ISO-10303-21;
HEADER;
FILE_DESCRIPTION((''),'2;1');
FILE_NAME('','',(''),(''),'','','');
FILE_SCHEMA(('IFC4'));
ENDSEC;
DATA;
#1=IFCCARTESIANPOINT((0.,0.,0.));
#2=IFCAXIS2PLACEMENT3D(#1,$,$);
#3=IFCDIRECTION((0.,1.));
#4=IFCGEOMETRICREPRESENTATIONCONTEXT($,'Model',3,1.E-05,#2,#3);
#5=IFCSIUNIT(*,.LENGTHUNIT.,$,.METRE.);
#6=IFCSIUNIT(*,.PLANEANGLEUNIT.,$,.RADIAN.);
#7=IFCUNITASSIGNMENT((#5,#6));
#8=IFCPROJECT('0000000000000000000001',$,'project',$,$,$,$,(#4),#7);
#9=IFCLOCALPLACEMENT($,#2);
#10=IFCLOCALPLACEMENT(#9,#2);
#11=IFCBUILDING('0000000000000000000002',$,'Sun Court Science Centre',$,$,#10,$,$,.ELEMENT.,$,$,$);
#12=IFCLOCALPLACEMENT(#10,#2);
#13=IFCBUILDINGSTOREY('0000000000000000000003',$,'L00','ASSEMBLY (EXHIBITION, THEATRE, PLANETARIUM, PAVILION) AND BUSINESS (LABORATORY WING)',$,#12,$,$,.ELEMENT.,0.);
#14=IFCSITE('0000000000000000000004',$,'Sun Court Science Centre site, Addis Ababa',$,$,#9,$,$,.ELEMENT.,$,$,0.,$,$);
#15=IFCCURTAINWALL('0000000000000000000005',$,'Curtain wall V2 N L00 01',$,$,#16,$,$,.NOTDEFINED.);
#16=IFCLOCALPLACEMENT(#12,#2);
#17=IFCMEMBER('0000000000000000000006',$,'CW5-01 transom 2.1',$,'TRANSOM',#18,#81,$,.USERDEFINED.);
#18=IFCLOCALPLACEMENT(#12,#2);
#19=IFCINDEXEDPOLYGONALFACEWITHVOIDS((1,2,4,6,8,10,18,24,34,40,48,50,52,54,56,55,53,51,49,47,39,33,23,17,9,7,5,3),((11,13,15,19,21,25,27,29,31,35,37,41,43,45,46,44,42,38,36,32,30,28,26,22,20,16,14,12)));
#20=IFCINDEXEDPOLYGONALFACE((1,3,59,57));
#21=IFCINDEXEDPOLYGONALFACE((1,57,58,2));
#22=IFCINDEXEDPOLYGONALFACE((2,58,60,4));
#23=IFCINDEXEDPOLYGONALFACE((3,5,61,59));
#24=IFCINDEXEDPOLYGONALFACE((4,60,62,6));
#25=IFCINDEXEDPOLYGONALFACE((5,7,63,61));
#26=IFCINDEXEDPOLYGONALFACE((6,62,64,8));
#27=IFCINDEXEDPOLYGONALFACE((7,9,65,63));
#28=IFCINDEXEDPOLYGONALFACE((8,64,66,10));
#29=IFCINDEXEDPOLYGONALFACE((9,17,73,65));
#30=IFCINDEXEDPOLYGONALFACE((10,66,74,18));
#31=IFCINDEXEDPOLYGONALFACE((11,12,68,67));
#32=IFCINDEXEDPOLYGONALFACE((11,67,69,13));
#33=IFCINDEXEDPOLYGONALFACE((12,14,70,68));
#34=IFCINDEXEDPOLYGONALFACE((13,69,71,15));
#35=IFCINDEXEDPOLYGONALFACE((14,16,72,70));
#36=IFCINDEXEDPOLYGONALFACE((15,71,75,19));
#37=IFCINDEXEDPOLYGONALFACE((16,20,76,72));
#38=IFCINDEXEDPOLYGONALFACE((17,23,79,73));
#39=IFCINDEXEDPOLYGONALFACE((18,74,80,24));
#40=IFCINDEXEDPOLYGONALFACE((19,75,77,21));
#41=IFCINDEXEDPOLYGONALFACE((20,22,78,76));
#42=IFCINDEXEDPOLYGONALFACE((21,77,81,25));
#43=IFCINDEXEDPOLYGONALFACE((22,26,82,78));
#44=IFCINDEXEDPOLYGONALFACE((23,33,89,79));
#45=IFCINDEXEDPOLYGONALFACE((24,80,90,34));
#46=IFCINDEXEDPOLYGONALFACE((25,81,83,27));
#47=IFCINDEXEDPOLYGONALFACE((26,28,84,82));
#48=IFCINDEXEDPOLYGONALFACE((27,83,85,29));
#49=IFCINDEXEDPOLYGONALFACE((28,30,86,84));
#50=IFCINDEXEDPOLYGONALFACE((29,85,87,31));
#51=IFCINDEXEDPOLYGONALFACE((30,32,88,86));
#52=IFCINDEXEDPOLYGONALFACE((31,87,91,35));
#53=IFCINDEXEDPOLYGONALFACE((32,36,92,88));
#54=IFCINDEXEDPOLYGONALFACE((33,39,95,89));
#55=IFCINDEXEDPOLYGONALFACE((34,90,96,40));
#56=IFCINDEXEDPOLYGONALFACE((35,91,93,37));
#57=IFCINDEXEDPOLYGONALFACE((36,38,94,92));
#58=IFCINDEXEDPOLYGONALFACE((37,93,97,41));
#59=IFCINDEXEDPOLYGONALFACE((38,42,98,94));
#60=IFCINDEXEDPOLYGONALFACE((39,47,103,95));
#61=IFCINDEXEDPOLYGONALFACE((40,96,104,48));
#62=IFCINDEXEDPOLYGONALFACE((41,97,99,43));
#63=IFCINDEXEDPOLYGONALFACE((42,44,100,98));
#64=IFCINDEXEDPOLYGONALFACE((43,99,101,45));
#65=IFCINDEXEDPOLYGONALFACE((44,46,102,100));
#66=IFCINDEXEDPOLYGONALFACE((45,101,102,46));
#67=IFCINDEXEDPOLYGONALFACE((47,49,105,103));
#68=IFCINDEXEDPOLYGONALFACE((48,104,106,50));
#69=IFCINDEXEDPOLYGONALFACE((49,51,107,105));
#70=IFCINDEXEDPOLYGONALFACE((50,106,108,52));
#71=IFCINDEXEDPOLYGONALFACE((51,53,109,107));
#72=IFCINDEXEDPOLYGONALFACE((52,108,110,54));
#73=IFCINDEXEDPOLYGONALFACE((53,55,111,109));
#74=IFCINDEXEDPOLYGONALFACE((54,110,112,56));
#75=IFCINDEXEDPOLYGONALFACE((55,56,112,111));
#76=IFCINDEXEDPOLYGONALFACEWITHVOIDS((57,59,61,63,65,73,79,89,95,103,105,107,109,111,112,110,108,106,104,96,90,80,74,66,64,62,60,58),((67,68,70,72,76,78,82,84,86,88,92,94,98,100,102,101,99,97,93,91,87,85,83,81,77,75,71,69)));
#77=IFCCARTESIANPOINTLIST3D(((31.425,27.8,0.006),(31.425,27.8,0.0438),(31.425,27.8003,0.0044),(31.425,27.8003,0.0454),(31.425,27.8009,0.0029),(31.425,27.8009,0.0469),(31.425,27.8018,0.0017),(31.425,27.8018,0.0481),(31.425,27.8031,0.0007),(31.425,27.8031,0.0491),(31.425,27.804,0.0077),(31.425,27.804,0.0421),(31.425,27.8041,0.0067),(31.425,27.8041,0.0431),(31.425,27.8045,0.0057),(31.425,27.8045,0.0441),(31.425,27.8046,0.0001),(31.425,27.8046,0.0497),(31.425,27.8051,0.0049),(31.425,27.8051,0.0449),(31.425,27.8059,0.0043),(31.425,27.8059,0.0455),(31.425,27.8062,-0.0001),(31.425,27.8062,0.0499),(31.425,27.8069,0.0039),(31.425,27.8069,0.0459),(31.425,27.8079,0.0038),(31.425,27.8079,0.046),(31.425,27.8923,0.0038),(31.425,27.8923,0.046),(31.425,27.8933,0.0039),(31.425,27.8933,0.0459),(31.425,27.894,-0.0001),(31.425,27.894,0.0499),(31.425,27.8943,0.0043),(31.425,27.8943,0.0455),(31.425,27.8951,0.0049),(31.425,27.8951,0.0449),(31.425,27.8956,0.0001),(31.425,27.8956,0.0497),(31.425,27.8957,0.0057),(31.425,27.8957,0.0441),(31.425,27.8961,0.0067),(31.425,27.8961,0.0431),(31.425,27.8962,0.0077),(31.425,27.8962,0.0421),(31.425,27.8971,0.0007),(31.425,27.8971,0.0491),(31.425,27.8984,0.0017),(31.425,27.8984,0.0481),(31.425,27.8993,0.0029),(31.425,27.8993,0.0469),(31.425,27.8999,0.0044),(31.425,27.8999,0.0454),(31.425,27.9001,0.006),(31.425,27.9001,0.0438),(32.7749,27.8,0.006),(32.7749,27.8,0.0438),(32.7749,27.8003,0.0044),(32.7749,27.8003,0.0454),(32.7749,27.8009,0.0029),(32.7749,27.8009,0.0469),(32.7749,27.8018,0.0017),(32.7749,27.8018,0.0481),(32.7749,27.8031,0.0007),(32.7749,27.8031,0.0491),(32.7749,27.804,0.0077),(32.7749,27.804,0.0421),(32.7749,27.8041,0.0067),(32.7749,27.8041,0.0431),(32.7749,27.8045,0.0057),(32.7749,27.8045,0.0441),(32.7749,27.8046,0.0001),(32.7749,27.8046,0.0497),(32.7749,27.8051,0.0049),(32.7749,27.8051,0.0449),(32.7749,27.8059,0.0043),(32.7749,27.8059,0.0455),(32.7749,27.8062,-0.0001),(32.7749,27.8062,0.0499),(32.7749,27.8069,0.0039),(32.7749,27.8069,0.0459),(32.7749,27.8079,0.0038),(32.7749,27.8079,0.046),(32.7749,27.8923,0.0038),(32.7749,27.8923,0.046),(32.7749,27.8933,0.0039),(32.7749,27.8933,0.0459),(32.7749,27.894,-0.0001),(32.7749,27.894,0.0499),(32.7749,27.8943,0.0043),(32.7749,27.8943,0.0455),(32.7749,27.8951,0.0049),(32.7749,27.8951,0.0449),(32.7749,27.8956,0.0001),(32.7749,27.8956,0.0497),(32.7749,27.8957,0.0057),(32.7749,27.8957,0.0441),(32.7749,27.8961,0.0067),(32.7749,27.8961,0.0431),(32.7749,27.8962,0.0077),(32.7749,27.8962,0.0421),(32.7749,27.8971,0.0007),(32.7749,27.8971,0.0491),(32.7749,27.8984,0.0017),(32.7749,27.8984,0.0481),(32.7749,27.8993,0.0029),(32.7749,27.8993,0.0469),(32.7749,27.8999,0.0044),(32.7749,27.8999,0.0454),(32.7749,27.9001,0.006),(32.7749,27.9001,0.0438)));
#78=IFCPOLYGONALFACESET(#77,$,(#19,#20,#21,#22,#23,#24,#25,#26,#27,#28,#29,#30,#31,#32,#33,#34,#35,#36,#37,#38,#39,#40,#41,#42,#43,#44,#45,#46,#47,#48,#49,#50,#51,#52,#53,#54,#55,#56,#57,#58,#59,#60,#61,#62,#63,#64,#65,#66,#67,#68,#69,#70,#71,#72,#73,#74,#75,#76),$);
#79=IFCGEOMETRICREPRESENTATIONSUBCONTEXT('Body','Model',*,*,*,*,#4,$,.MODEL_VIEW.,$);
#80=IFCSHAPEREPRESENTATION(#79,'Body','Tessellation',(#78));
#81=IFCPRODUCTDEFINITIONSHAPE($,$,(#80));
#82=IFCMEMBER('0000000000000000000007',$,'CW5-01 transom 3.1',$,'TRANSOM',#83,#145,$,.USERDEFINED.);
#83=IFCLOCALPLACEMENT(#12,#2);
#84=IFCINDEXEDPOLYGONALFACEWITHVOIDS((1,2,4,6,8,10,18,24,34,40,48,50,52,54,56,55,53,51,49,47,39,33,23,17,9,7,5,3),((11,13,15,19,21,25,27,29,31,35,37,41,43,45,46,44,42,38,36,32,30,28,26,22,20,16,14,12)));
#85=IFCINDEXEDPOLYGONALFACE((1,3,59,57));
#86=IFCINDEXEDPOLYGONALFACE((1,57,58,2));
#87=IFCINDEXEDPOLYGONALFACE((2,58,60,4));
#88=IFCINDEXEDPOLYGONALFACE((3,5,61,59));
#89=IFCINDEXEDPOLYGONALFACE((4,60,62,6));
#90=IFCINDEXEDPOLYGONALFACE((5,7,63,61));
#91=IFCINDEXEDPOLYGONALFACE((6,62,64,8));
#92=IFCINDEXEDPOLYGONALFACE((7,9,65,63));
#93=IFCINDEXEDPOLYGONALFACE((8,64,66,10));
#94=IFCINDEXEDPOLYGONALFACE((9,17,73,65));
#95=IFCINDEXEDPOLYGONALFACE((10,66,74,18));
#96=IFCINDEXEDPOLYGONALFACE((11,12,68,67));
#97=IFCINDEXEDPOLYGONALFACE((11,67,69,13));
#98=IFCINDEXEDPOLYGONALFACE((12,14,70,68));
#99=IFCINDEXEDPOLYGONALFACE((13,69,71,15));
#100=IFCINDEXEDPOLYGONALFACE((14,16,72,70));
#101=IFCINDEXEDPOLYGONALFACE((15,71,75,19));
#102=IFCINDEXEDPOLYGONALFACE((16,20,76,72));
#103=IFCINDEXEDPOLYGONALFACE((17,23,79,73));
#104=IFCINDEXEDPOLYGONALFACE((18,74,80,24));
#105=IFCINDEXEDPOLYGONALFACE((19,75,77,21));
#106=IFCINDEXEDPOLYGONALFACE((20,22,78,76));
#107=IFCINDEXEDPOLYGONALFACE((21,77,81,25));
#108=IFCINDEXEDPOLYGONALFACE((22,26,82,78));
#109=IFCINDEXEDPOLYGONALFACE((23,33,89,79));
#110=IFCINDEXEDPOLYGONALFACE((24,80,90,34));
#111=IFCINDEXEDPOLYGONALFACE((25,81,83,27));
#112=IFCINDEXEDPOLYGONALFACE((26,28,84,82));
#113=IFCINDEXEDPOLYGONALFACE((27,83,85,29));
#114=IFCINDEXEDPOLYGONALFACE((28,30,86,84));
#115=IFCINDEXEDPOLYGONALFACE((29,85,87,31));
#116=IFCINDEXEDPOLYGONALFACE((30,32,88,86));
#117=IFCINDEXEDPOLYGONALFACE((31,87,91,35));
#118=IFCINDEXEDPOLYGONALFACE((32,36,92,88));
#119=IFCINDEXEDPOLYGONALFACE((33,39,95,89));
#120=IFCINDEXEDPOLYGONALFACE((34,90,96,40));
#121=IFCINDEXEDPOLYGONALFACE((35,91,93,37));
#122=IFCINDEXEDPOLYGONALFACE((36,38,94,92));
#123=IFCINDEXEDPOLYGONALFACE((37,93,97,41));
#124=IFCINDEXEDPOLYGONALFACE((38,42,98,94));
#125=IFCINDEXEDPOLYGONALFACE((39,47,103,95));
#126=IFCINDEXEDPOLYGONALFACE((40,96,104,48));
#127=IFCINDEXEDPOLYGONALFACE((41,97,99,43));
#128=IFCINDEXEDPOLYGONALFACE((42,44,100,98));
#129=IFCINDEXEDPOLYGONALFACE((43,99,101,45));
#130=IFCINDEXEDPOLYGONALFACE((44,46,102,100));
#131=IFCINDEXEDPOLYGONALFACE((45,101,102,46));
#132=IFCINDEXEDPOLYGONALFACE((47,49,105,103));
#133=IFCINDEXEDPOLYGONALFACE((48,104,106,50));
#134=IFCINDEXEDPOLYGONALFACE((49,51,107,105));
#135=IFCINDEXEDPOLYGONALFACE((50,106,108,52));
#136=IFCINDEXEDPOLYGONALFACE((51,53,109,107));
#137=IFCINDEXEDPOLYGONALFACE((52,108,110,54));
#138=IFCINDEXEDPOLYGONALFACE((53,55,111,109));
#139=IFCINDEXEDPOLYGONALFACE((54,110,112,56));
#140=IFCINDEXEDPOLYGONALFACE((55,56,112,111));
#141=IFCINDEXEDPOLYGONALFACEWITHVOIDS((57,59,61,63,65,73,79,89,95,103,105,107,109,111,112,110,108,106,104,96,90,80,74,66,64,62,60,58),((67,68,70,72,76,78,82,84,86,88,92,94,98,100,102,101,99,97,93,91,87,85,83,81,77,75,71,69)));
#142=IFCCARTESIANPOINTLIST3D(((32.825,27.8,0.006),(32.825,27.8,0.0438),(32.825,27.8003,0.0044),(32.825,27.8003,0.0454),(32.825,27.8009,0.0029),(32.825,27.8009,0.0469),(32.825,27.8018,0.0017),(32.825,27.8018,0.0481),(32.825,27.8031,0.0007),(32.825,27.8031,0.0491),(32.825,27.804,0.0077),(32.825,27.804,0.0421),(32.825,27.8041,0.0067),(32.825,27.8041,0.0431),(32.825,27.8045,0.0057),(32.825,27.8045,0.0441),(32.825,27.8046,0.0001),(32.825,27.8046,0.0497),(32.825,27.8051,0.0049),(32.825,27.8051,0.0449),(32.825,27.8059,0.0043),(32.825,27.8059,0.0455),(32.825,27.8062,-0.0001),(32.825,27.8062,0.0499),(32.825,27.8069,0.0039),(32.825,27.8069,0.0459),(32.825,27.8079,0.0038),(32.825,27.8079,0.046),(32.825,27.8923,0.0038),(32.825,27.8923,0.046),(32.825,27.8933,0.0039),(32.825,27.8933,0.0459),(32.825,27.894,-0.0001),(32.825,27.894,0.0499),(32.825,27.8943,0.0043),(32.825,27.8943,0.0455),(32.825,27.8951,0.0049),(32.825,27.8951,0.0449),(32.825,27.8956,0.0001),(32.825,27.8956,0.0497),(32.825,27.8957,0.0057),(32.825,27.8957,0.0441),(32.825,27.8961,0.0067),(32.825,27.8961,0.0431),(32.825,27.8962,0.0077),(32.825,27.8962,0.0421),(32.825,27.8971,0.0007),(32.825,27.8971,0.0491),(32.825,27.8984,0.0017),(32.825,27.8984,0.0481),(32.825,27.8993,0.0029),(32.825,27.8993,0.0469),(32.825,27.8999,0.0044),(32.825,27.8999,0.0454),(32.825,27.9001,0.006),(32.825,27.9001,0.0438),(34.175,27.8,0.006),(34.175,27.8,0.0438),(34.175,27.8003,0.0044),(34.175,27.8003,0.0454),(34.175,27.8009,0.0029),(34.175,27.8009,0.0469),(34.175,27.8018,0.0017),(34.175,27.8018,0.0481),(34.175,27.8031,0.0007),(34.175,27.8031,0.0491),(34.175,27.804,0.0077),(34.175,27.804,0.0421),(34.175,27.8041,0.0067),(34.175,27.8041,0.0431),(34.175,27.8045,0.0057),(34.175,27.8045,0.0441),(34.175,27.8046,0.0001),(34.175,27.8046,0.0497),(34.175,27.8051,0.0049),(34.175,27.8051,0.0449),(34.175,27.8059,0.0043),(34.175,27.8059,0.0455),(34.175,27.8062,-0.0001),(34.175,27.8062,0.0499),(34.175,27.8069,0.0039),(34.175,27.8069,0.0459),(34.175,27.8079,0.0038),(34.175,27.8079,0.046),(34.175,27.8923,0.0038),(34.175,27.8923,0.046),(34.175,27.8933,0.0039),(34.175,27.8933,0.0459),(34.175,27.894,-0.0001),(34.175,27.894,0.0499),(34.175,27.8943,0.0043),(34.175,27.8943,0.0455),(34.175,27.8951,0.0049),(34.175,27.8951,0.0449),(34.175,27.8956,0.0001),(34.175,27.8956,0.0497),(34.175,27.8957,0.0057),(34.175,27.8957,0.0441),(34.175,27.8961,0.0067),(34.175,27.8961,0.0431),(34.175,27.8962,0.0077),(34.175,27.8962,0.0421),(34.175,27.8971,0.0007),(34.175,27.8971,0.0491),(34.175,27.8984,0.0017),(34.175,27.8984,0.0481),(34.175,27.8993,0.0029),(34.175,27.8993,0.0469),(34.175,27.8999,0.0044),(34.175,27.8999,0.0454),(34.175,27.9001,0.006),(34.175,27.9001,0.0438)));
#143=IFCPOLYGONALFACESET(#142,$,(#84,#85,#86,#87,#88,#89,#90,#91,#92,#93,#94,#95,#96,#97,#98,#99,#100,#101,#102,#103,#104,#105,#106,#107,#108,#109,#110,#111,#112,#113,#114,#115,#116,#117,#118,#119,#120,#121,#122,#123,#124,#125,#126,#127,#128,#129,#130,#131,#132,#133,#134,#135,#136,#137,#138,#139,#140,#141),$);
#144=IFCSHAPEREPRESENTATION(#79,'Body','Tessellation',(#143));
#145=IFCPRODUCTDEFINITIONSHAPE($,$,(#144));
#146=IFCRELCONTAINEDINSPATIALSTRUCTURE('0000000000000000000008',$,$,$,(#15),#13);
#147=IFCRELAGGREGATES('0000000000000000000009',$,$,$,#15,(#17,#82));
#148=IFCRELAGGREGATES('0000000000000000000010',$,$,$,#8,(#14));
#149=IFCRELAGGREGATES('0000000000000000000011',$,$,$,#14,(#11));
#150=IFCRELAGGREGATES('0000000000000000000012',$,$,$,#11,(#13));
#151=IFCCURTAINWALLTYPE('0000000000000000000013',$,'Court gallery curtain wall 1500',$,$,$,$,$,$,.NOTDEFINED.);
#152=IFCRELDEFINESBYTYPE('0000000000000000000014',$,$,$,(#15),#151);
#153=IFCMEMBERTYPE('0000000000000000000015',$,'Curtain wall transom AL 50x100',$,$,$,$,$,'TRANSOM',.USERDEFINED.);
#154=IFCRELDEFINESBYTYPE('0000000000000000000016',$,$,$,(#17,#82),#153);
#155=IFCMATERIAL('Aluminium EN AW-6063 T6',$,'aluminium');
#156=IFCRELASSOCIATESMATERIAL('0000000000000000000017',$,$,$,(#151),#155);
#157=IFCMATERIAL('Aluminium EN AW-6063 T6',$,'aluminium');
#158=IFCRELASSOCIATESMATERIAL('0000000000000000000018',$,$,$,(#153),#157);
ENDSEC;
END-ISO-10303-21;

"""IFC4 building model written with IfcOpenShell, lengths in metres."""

from ifc_helpers import new_model, si_unit, direction, frame, origin, origin_2d, place, context, subcontext, project, spatial, hollow_rectangle, extrude, material, material_profile, profile_set, type_object, element, aggregate, save


model = new_model("IFC4")

# Units and contexts
model_context = context("Model", 3, precision=1e-05, world=origin(), true_north=direction((0.0, 1.0)))
body_context = subcontext(model_context, "Body", "Model", "MODEL_VIEW")
ifc_project = project(units=[si_unit("LENGTHUNIT", "METRE"), si_unit("PLANEANGLEUNIT", "RADIAN")], contexts=[model_context])

# Site, building, storey
site_placement = place(None, origin())
site = spatial("IfcSite", under=ifc_project, at=site_placement, Name="Sun Court Science Centre site, Addis Ababa", CompositionType="ELEMENT", RefElevation=0.0)
building_placement = place(site_placement, origin())
building = spatial("IfcBuilding", under=site, at=building_placement, Name="Sun Court Science Centre", CompositionType="ELEMENT")
storey_placement = place(building_placement, origin())
storey = spatial("IfcBuildingStorey", under=building, at=storey_placement, Name="L00", Description="ASSEMBLY (EXHIBITION, THEATRE, PLANETARIUM, PAVILION) AND BUSINESS (LABORATORY WING)", CompositionType="ELEMENT", Elevation=0.0)

# Curtain wall, members
ifc_material_1 = material(Name="Aluminium EN AW-6063 T6", Category="aluminium")
curtain_wall_type = type_object("IfcCurtainWallType", Name="Court gallery curtain wall 1500", PredefinedType="NOTDEFINED", material=ifc_material_1)
curtain_wall_placement = place(storey_placement, origin())
curtain_wall = element("IfcCurtainWall", 1, at=curtain_wall_placement, inside=storey, type_object=curtain_wall_type, Name="Curtain wall V2 N L00 01", PredefinedType="NOTDEFINED")
ifc_material_2 = material(Name="Aluminium EN AW-6063 T6", Category="aluminium")
ifc_material_profile_1 = material_profile(ifc_material_2, hollow_rectangle(XDim=0.05, YDim=0.1001, WallThickness=0.0039, InnerFilletRadius=0.0039, OuterFilletRadius=0.0061, at=origin_2d()), Name="AL 50x100x4")
ifc_profile_set_1 = profile_set([ifc_material_profile_1], Name="Aluminium EN AW-6063 T6")
member_type_1 = type_object("IfcMemberType", Name="Curtain wall transom AL 50x100", ElementType="TRANSOM", PredefinedType="USERDEFINED", material=ifc_profile_set_1)
member_1_placement = place(storey_placement, frame((31.425, 27.8501, 0.0249), z_axis=(1.0, 0.0, 0.0), x_axis=(0.0, 0.0, 1.0)))
member_1 = element("IfcMember", 2, at=member_1_placement, type_object=member_type_1, Name="CW5-01 transom 2.1", ObjectType="TRANSOM", PredefinedType="USERDEFINED", context=body_context, shape_type="SweptSolid", body=[
    extrude(hollow_rectangle(XDim=0.05, YDim=0.1001, WallThickness=0.0039, InnerFilletRadius=0.0039, OuterFilletRadius=0.0061, at=origin_2d()), origin(), (0.0, 0.0, 1.0), 1.3499),
])
member_2_placement = place(storey_placement, frame((32.825, 27.8501, 0.0249), z_axis=(1.0, 0.0, 0.0), x_axis=(0.0, 0.0, 1.0)))
member_2 = element("IfcMember", 3, at=member_2_placement, type_object=member_type_1, Name="CW5-01 transom 3.1", ObjectType="TRANSOM", PredefinedType="USERDEFINED", context=body_context, shape_type="SweptSolid", body=[
    extrude(hollow_rectangle(XDim=0.05, YDim=0.1001, WallThickness=0.0039, InnerFilletRadius=0.0039, OuterFilletRadius=0.0061, at=origin_2d()), origin(), (0.0, 0.0, 1.0), 1.3501),
])
aggregate(curtain_wall, [member_1, member_2])

save(model, "model.ifc")
